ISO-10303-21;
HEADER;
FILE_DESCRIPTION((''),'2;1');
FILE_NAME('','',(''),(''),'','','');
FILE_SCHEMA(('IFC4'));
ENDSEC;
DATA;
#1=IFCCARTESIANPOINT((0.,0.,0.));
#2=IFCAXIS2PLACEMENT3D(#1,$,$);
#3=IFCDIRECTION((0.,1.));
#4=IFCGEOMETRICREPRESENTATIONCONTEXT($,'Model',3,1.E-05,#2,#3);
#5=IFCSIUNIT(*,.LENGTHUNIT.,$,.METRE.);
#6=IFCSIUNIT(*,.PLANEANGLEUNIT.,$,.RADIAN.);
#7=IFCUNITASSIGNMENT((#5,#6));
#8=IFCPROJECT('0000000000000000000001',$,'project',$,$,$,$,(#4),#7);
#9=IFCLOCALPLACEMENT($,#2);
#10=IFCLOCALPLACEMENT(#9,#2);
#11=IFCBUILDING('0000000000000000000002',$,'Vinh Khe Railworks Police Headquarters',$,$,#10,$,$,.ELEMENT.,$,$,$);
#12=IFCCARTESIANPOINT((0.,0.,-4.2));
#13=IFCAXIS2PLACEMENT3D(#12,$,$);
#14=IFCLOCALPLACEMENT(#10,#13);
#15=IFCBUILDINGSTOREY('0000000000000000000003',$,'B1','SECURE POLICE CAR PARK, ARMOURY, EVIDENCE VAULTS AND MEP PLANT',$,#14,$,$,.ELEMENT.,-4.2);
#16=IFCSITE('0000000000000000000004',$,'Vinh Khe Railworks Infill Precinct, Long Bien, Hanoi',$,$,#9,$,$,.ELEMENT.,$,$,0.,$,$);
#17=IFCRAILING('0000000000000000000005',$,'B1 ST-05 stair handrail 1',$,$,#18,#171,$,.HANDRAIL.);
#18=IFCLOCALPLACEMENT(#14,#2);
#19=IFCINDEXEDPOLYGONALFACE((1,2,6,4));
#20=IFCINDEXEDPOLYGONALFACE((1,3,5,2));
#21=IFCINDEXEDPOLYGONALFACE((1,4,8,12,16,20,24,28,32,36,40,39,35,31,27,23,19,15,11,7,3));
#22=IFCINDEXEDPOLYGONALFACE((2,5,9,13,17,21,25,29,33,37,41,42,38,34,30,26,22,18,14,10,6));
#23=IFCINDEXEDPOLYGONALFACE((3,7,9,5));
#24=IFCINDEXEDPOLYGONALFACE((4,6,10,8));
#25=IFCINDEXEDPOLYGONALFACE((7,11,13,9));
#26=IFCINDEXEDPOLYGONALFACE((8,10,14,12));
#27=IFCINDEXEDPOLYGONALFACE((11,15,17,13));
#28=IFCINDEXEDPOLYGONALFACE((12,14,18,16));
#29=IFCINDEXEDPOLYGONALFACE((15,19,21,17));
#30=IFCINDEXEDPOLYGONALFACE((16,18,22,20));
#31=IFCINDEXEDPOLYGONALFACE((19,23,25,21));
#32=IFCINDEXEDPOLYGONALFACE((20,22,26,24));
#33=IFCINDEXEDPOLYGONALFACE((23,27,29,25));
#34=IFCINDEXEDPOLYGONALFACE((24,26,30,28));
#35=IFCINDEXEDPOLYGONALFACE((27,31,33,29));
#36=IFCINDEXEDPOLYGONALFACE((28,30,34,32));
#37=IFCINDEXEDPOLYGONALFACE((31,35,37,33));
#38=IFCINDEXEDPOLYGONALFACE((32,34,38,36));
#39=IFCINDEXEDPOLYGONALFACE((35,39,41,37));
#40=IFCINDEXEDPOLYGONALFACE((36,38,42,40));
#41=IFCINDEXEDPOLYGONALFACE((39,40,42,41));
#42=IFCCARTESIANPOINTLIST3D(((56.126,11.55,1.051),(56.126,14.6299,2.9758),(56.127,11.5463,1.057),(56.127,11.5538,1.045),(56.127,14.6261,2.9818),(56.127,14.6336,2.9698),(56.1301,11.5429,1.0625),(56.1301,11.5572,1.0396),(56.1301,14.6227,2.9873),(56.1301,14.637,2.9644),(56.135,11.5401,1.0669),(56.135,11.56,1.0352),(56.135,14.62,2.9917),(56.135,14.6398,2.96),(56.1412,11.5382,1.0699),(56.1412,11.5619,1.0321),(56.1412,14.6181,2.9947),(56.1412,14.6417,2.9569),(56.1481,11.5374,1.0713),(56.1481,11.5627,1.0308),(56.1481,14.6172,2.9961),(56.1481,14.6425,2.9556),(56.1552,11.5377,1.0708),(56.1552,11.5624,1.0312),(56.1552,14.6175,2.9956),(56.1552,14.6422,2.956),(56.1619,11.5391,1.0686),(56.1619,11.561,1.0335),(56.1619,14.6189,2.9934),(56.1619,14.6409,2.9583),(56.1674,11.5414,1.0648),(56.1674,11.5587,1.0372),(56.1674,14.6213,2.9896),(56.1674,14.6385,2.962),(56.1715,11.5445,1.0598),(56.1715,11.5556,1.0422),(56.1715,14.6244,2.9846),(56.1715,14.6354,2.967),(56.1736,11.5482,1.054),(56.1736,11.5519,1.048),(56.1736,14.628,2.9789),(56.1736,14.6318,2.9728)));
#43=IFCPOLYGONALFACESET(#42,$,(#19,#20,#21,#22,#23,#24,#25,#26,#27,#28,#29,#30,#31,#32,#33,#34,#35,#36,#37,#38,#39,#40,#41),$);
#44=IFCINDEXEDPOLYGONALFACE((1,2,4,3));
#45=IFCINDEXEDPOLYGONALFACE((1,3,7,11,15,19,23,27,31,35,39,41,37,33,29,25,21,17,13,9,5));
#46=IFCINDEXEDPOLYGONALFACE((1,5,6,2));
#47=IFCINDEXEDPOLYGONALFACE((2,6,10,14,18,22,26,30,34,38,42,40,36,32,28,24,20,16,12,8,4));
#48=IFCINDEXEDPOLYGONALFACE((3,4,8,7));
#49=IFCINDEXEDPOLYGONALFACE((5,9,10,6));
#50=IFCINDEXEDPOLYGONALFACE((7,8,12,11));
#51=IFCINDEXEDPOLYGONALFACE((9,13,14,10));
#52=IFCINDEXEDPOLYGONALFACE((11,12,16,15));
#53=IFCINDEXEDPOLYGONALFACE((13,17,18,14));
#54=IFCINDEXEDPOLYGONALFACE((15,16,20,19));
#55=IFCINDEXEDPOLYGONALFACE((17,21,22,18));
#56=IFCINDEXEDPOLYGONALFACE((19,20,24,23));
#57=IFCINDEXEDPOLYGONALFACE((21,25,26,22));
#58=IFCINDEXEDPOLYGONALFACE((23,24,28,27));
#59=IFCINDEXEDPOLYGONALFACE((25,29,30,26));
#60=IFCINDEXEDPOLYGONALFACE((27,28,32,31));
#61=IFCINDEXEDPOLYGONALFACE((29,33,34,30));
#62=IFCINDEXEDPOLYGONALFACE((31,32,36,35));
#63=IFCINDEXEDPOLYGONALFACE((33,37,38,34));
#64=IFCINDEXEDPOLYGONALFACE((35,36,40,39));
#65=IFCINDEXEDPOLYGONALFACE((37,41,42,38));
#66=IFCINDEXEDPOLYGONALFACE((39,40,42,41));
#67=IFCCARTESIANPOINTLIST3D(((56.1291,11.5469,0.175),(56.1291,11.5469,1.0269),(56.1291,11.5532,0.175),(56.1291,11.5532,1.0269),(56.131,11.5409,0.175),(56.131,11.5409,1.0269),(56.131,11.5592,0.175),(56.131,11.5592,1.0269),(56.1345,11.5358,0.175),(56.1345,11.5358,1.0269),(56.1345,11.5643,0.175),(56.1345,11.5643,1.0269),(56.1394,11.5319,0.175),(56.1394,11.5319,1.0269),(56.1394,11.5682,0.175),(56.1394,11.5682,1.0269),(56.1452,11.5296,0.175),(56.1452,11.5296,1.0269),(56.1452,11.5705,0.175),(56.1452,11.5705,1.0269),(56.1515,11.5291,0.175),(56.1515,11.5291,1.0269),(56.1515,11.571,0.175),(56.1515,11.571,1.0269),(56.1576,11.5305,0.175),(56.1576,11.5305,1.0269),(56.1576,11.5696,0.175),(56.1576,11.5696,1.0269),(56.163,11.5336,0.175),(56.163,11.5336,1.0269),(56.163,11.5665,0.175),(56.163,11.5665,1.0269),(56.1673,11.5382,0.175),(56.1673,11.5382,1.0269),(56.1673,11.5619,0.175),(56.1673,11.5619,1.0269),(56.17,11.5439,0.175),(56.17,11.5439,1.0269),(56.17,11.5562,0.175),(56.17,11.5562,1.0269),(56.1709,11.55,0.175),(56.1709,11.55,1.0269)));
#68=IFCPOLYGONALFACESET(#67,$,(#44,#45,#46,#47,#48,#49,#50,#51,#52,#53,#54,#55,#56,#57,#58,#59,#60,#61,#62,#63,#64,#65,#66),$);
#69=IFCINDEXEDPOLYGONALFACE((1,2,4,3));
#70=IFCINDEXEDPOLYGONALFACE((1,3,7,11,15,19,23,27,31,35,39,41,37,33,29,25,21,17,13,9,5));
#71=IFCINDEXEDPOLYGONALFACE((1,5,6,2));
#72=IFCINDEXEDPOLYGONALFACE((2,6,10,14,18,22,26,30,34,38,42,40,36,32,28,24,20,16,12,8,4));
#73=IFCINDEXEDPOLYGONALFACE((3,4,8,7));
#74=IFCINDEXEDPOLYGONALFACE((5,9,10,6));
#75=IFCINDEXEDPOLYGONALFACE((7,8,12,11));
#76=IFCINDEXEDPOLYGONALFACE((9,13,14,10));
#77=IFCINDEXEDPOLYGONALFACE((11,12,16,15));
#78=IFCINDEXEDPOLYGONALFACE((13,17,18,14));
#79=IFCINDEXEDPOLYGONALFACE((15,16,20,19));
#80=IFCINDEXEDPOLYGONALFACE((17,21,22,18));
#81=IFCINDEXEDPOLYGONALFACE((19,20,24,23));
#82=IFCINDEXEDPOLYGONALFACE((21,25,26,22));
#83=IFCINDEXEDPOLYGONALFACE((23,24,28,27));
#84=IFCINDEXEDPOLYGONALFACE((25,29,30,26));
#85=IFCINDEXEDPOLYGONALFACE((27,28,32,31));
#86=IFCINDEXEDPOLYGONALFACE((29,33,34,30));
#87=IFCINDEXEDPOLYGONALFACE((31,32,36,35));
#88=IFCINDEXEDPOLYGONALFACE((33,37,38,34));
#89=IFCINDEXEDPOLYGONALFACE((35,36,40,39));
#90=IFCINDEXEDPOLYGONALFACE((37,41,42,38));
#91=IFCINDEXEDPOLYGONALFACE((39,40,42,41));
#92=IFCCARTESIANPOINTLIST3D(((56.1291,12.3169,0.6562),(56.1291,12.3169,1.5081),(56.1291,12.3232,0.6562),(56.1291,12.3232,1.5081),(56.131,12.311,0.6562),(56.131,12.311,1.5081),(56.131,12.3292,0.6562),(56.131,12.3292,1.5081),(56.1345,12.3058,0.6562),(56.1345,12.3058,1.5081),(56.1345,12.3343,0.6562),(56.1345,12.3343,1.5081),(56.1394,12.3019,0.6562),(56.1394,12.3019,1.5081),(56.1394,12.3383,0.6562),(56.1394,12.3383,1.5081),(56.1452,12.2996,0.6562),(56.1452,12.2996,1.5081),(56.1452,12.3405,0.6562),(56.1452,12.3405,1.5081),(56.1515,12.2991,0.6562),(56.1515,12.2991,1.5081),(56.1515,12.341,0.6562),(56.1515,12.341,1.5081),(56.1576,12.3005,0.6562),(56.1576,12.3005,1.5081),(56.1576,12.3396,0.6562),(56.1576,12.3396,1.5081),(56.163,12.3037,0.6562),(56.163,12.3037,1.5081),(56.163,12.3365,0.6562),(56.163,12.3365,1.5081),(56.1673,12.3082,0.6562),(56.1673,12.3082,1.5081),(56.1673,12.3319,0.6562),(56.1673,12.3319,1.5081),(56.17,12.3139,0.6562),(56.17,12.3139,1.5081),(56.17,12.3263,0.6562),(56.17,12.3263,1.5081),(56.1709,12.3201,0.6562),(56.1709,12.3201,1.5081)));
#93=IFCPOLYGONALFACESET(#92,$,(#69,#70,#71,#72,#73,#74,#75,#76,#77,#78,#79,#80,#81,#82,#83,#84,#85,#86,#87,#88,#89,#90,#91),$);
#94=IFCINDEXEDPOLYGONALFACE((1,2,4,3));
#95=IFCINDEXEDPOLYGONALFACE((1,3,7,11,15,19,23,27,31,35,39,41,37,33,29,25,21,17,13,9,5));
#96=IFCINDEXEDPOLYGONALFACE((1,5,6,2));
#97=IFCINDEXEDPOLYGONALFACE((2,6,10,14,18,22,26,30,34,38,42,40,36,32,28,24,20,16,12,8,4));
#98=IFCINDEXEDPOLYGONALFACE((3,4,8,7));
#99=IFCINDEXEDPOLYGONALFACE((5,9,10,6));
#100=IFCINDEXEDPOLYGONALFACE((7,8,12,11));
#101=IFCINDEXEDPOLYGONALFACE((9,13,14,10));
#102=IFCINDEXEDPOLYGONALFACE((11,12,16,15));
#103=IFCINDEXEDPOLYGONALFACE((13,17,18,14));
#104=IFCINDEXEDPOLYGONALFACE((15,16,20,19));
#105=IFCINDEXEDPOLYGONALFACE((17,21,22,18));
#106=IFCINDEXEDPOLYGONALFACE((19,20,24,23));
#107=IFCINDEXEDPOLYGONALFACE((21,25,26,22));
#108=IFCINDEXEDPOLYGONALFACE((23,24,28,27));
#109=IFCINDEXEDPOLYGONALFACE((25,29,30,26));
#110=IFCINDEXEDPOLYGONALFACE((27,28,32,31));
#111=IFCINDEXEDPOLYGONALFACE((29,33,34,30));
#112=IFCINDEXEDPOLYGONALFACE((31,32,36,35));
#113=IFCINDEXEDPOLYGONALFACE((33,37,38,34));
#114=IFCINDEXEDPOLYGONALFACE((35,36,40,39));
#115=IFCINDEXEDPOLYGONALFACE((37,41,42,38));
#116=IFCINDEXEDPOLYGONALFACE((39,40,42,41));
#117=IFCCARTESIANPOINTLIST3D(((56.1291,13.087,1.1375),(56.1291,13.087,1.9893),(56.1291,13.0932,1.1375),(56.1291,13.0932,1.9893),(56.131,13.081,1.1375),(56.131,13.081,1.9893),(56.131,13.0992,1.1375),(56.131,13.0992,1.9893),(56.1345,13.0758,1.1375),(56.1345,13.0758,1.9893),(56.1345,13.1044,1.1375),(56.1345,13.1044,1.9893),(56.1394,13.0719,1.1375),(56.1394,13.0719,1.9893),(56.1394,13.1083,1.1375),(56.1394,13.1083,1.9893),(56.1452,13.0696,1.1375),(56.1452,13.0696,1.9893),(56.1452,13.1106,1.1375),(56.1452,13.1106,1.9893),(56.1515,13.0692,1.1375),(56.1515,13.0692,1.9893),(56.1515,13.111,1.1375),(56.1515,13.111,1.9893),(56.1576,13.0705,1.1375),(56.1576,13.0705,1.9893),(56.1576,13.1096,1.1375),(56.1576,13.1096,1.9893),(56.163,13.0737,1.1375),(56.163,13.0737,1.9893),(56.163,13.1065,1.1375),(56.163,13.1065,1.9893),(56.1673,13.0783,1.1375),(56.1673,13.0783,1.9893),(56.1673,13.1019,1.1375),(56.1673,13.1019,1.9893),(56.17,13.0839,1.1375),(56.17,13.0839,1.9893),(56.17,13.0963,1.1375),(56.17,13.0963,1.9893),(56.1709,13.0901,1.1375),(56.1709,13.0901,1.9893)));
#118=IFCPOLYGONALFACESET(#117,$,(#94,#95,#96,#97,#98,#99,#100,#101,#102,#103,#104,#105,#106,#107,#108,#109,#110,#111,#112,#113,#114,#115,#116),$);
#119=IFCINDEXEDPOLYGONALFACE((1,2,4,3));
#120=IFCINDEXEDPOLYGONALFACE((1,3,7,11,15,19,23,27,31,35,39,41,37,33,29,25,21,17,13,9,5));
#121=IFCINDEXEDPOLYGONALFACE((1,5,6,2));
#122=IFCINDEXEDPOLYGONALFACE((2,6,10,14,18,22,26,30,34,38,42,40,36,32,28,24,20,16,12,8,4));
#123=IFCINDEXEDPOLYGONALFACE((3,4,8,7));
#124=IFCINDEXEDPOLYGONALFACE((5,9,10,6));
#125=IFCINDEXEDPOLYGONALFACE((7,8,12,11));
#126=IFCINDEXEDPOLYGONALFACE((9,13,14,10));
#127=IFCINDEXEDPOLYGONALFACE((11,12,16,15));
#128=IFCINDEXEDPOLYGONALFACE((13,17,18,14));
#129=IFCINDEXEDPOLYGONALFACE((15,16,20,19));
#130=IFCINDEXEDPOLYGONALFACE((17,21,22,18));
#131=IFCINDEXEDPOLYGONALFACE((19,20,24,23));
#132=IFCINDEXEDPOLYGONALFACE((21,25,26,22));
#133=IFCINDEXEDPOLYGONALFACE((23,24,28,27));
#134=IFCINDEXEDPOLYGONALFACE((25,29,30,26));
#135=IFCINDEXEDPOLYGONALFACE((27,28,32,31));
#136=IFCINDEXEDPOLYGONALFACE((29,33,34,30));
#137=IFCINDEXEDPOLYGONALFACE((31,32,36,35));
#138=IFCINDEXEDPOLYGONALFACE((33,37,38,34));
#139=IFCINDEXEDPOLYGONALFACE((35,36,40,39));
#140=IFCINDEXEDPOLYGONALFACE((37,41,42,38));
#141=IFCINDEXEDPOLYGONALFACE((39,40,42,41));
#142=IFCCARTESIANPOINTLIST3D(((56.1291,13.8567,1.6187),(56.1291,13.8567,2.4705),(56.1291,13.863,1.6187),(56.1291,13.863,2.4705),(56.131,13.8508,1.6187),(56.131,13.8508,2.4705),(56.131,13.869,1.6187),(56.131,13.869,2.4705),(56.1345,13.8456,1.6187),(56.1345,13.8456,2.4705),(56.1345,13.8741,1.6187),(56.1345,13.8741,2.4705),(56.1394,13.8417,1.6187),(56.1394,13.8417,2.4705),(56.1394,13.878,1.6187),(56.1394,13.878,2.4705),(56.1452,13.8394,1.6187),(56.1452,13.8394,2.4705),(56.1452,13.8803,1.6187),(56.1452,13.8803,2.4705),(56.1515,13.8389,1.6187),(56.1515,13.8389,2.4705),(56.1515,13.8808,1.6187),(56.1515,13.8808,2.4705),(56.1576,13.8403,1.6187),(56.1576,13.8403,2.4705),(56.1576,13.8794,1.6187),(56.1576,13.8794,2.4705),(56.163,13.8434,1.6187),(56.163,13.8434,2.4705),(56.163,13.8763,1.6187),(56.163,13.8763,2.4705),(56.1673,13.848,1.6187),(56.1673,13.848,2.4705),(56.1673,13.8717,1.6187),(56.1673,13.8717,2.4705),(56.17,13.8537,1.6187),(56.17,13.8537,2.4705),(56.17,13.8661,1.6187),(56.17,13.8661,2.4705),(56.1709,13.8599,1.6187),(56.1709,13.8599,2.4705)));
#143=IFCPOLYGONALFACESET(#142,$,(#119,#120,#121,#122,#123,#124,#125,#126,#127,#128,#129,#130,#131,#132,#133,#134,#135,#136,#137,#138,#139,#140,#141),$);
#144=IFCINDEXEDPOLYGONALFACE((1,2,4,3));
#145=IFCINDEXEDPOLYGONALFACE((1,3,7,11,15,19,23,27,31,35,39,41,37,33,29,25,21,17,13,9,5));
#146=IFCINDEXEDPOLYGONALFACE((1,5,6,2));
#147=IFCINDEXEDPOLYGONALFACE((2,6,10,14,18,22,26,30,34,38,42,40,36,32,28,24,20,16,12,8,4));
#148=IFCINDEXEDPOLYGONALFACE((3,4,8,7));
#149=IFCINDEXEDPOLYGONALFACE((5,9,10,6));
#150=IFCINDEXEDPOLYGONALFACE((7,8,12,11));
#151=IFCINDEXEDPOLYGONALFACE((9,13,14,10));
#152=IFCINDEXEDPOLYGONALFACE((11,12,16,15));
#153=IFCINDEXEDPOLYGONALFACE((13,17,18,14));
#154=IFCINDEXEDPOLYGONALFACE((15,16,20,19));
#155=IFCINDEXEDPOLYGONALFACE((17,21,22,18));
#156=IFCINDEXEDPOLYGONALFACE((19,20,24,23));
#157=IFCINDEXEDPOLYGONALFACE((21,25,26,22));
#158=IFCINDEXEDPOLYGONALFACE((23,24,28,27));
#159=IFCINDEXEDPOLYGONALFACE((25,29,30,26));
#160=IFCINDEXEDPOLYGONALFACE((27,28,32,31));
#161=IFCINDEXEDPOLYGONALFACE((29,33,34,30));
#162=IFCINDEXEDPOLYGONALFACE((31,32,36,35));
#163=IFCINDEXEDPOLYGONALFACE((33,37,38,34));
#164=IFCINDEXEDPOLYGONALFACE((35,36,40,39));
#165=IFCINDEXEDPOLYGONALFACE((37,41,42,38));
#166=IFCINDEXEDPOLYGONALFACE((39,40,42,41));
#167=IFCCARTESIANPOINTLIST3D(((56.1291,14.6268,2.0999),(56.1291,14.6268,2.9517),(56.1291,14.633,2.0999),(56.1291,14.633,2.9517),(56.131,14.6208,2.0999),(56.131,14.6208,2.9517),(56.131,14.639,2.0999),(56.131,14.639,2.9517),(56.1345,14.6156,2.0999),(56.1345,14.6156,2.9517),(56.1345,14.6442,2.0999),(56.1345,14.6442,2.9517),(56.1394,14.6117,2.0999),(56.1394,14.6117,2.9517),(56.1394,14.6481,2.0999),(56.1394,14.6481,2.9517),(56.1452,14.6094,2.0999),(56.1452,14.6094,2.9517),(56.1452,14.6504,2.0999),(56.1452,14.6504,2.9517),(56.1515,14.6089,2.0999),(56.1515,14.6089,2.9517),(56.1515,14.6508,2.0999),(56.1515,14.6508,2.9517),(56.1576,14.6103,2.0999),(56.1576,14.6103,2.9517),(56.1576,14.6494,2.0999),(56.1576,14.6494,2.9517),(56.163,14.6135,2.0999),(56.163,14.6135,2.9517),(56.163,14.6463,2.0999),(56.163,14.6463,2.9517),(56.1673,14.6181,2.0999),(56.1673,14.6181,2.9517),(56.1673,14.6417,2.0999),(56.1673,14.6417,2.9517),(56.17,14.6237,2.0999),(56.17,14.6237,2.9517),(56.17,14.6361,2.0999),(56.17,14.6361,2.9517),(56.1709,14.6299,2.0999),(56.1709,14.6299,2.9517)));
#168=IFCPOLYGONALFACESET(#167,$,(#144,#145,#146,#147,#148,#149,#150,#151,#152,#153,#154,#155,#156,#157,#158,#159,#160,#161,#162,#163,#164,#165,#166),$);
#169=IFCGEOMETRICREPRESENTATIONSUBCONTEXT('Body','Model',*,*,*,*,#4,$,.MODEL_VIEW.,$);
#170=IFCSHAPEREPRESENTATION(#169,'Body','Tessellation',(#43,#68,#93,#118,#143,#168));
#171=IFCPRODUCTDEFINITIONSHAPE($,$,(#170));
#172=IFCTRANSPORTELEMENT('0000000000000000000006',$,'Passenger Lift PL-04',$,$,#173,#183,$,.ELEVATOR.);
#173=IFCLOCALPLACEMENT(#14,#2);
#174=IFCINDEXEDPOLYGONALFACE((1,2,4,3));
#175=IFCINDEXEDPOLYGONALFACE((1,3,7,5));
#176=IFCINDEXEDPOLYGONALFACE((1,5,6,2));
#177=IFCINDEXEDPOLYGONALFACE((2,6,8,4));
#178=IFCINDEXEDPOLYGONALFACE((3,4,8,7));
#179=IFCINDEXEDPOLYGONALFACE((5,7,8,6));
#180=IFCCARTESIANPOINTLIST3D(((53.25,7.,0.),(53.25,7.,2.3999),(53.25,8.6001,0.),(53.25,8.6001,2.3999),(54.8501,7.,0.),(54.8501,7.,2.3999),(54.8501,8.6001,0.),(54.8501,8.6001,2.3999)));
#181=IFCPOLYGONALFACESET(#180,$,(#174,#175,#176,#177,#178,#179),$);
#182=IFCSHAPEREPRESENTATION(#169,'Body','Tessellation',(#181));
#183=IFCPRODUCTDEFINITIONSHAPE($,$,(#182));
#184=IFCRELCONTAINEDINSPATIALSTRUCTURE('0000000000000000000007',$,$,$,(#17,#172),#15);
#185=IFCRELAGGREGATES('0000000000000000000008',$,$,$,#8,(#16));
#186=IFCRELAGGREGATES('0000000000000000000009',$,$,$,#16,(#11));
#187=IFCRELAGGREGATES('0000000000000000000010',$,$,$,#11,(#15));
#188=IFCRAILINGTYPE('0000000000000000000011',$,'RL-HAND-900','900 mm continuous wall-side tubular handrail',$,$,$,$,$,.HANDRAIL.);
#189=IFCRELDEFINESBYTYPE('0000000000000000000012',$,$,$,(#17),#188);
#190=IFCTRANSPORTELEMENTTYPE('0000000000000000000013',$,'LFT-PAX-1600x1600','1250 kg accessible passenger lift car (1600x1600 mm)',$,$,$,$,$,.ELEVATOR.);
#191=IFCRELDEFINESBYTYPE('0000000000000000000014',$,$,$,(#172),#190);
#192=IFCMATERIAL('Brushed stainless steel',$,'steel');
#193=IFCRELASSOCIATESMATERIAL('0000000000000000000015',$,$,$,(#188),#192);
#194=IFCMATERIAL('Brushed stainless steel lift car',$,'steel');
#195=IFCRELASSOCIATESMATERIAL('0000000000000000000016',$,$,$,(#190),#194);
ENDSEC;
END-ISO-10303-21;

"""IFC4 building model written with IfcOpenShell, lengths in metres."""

from ifc_helpers import new_model, si_unit, direction, frame, origin, origin_2d, place, context, subcontext, project, spatial, rectangle, circle, extrude, material, type_object, element, save


model = new_model("IFC4")

# Units and contexts
model_context = context("Model", 3, precision=1e-05, world=origin(), true_north=direction((0.0, 1.0)))
body_context = subcontext(model_context, "Body", "Model", "MODEL_VIEW")
ifc_project = project(units=[si_unit("LENGTHUNIT", "METRE"), si_unit("PLANEANGLEUNIT", "RADIAN")], contexts=[model_context])

# Site, building, storey
site_placement = place(None, origin())
site = spatial("IfcSite", under=ifc_project, at=site_placement, Name="Vinh Khe Railworks Infill Precinct, Long Bien, Hanoi", CompositionType="ELEMENT", RefElevation=0.0)
building_placement = place(site_placement, origin())
building = spatial("IfcBuilding", under=site, at=building_placement, Name="Vinh Khe Railworks Police Headquarters", CompositionType="ELEMENT")
storey_placement = place(building_placement, frame((0.0, 0.0, -4.2)))
storey = spatial("IfcBuildingStorey", under=building, at=storey_placement, Name="B1", Description="SECURE POLICE CAR PARK, ARMOURY, EVIDENCE VAULTS AND MEP PLANT", CompositionType="ELEMENT", Elevation=-4.2)

# Railing
ifc_material_1 = material(Name="Brushed stainless steel", Category="steel")
railing_type_1 = type_object("IfcRailingType", Name="RL-HAND-900", Description="900 mm continuous wall-side tubular handrail", PredefinedType="HANDRAIL", material=ifc_material_1)
railing_1_placement = place(storey_placement, frame((56.1499, 11.55, 0.175)))
element("IfcRailing", 1, at=railing_1_placement, inside=storey, type_object=railing_type_1, Name="B1 ST-05 stair handrail 1", PredefinedType="HANDRAIL", context=body_context, shape_type="SweptSolid", body=[
    extrude(circle(Radius=0.0239, at=origin_2d()), frame((0.0, 0.0, 0.876), z_axis=(0.0, 0.84801, 0.529981), x_axis=(-1.0, 0.0, 0.0)), (0.0, 0.0, 1.0), 3.6318),
    extrude(circle(Radius=0.021, at=origin_2d()), origin(), (0.0, 0.0, 1.0), 0.8518),
    extrude(circle(Radius=0.021, at=origin_2d()), frame((0.0, 0.77, 0.4812)), (0.0, 0.0, 1.0), 0.8518),
    extrude(circle(Radius=0.021, at=origin_2d()), frame((0.0, 1.54, 0.9624)), (0.0, 0.0, 1.0), 0.8518),
    extrude(circle(Radius=0.021, at=origin_2d()), frame((0.0, 2.3098, 1.4436)), (0.0, 0.0, 1.0), 0.8518),
    extrude(circle(Radius=0.021, at=origin_2d()), frame((0.0, 3.0798, 1.9248)), (0.0, 0.0, 1.0), 0.8518),
])

# Transport element
ifc_material_2 = material(Name="Brushed stainless steel lift car", Category="steel")
transport_element_type = type_object("IfcTransportElementType", Name="LFT-PAX-1600x1600", Description="1250 kg accessible passenger lift car (1600x1600 mm)", PredefinedType="ELEVATOR", material=ifc_material_2)
transport_element_placement = place(storey_placement, frame((54.05, 7.8, 0.0), z_axis=(0.0, 0.0, 1.0), x_axis=(1.0, 0.0, 0.0)))
element("IfcTransportElement", 2, at=transport_element_placement, inside=storey, type_object=transport_element_type, Name="Passenger Lift PL-04", PredefinedType="ELEVATOR", context=body_context, shape_type="SweptSolid", body=[
    extrude(rectangle(XDim=1.6001, YDim=1.6001, at=origin_2d()), origin(), (0.0, 0.0, 1.0), 2.3999),
])

save(model, "model.ifc")
